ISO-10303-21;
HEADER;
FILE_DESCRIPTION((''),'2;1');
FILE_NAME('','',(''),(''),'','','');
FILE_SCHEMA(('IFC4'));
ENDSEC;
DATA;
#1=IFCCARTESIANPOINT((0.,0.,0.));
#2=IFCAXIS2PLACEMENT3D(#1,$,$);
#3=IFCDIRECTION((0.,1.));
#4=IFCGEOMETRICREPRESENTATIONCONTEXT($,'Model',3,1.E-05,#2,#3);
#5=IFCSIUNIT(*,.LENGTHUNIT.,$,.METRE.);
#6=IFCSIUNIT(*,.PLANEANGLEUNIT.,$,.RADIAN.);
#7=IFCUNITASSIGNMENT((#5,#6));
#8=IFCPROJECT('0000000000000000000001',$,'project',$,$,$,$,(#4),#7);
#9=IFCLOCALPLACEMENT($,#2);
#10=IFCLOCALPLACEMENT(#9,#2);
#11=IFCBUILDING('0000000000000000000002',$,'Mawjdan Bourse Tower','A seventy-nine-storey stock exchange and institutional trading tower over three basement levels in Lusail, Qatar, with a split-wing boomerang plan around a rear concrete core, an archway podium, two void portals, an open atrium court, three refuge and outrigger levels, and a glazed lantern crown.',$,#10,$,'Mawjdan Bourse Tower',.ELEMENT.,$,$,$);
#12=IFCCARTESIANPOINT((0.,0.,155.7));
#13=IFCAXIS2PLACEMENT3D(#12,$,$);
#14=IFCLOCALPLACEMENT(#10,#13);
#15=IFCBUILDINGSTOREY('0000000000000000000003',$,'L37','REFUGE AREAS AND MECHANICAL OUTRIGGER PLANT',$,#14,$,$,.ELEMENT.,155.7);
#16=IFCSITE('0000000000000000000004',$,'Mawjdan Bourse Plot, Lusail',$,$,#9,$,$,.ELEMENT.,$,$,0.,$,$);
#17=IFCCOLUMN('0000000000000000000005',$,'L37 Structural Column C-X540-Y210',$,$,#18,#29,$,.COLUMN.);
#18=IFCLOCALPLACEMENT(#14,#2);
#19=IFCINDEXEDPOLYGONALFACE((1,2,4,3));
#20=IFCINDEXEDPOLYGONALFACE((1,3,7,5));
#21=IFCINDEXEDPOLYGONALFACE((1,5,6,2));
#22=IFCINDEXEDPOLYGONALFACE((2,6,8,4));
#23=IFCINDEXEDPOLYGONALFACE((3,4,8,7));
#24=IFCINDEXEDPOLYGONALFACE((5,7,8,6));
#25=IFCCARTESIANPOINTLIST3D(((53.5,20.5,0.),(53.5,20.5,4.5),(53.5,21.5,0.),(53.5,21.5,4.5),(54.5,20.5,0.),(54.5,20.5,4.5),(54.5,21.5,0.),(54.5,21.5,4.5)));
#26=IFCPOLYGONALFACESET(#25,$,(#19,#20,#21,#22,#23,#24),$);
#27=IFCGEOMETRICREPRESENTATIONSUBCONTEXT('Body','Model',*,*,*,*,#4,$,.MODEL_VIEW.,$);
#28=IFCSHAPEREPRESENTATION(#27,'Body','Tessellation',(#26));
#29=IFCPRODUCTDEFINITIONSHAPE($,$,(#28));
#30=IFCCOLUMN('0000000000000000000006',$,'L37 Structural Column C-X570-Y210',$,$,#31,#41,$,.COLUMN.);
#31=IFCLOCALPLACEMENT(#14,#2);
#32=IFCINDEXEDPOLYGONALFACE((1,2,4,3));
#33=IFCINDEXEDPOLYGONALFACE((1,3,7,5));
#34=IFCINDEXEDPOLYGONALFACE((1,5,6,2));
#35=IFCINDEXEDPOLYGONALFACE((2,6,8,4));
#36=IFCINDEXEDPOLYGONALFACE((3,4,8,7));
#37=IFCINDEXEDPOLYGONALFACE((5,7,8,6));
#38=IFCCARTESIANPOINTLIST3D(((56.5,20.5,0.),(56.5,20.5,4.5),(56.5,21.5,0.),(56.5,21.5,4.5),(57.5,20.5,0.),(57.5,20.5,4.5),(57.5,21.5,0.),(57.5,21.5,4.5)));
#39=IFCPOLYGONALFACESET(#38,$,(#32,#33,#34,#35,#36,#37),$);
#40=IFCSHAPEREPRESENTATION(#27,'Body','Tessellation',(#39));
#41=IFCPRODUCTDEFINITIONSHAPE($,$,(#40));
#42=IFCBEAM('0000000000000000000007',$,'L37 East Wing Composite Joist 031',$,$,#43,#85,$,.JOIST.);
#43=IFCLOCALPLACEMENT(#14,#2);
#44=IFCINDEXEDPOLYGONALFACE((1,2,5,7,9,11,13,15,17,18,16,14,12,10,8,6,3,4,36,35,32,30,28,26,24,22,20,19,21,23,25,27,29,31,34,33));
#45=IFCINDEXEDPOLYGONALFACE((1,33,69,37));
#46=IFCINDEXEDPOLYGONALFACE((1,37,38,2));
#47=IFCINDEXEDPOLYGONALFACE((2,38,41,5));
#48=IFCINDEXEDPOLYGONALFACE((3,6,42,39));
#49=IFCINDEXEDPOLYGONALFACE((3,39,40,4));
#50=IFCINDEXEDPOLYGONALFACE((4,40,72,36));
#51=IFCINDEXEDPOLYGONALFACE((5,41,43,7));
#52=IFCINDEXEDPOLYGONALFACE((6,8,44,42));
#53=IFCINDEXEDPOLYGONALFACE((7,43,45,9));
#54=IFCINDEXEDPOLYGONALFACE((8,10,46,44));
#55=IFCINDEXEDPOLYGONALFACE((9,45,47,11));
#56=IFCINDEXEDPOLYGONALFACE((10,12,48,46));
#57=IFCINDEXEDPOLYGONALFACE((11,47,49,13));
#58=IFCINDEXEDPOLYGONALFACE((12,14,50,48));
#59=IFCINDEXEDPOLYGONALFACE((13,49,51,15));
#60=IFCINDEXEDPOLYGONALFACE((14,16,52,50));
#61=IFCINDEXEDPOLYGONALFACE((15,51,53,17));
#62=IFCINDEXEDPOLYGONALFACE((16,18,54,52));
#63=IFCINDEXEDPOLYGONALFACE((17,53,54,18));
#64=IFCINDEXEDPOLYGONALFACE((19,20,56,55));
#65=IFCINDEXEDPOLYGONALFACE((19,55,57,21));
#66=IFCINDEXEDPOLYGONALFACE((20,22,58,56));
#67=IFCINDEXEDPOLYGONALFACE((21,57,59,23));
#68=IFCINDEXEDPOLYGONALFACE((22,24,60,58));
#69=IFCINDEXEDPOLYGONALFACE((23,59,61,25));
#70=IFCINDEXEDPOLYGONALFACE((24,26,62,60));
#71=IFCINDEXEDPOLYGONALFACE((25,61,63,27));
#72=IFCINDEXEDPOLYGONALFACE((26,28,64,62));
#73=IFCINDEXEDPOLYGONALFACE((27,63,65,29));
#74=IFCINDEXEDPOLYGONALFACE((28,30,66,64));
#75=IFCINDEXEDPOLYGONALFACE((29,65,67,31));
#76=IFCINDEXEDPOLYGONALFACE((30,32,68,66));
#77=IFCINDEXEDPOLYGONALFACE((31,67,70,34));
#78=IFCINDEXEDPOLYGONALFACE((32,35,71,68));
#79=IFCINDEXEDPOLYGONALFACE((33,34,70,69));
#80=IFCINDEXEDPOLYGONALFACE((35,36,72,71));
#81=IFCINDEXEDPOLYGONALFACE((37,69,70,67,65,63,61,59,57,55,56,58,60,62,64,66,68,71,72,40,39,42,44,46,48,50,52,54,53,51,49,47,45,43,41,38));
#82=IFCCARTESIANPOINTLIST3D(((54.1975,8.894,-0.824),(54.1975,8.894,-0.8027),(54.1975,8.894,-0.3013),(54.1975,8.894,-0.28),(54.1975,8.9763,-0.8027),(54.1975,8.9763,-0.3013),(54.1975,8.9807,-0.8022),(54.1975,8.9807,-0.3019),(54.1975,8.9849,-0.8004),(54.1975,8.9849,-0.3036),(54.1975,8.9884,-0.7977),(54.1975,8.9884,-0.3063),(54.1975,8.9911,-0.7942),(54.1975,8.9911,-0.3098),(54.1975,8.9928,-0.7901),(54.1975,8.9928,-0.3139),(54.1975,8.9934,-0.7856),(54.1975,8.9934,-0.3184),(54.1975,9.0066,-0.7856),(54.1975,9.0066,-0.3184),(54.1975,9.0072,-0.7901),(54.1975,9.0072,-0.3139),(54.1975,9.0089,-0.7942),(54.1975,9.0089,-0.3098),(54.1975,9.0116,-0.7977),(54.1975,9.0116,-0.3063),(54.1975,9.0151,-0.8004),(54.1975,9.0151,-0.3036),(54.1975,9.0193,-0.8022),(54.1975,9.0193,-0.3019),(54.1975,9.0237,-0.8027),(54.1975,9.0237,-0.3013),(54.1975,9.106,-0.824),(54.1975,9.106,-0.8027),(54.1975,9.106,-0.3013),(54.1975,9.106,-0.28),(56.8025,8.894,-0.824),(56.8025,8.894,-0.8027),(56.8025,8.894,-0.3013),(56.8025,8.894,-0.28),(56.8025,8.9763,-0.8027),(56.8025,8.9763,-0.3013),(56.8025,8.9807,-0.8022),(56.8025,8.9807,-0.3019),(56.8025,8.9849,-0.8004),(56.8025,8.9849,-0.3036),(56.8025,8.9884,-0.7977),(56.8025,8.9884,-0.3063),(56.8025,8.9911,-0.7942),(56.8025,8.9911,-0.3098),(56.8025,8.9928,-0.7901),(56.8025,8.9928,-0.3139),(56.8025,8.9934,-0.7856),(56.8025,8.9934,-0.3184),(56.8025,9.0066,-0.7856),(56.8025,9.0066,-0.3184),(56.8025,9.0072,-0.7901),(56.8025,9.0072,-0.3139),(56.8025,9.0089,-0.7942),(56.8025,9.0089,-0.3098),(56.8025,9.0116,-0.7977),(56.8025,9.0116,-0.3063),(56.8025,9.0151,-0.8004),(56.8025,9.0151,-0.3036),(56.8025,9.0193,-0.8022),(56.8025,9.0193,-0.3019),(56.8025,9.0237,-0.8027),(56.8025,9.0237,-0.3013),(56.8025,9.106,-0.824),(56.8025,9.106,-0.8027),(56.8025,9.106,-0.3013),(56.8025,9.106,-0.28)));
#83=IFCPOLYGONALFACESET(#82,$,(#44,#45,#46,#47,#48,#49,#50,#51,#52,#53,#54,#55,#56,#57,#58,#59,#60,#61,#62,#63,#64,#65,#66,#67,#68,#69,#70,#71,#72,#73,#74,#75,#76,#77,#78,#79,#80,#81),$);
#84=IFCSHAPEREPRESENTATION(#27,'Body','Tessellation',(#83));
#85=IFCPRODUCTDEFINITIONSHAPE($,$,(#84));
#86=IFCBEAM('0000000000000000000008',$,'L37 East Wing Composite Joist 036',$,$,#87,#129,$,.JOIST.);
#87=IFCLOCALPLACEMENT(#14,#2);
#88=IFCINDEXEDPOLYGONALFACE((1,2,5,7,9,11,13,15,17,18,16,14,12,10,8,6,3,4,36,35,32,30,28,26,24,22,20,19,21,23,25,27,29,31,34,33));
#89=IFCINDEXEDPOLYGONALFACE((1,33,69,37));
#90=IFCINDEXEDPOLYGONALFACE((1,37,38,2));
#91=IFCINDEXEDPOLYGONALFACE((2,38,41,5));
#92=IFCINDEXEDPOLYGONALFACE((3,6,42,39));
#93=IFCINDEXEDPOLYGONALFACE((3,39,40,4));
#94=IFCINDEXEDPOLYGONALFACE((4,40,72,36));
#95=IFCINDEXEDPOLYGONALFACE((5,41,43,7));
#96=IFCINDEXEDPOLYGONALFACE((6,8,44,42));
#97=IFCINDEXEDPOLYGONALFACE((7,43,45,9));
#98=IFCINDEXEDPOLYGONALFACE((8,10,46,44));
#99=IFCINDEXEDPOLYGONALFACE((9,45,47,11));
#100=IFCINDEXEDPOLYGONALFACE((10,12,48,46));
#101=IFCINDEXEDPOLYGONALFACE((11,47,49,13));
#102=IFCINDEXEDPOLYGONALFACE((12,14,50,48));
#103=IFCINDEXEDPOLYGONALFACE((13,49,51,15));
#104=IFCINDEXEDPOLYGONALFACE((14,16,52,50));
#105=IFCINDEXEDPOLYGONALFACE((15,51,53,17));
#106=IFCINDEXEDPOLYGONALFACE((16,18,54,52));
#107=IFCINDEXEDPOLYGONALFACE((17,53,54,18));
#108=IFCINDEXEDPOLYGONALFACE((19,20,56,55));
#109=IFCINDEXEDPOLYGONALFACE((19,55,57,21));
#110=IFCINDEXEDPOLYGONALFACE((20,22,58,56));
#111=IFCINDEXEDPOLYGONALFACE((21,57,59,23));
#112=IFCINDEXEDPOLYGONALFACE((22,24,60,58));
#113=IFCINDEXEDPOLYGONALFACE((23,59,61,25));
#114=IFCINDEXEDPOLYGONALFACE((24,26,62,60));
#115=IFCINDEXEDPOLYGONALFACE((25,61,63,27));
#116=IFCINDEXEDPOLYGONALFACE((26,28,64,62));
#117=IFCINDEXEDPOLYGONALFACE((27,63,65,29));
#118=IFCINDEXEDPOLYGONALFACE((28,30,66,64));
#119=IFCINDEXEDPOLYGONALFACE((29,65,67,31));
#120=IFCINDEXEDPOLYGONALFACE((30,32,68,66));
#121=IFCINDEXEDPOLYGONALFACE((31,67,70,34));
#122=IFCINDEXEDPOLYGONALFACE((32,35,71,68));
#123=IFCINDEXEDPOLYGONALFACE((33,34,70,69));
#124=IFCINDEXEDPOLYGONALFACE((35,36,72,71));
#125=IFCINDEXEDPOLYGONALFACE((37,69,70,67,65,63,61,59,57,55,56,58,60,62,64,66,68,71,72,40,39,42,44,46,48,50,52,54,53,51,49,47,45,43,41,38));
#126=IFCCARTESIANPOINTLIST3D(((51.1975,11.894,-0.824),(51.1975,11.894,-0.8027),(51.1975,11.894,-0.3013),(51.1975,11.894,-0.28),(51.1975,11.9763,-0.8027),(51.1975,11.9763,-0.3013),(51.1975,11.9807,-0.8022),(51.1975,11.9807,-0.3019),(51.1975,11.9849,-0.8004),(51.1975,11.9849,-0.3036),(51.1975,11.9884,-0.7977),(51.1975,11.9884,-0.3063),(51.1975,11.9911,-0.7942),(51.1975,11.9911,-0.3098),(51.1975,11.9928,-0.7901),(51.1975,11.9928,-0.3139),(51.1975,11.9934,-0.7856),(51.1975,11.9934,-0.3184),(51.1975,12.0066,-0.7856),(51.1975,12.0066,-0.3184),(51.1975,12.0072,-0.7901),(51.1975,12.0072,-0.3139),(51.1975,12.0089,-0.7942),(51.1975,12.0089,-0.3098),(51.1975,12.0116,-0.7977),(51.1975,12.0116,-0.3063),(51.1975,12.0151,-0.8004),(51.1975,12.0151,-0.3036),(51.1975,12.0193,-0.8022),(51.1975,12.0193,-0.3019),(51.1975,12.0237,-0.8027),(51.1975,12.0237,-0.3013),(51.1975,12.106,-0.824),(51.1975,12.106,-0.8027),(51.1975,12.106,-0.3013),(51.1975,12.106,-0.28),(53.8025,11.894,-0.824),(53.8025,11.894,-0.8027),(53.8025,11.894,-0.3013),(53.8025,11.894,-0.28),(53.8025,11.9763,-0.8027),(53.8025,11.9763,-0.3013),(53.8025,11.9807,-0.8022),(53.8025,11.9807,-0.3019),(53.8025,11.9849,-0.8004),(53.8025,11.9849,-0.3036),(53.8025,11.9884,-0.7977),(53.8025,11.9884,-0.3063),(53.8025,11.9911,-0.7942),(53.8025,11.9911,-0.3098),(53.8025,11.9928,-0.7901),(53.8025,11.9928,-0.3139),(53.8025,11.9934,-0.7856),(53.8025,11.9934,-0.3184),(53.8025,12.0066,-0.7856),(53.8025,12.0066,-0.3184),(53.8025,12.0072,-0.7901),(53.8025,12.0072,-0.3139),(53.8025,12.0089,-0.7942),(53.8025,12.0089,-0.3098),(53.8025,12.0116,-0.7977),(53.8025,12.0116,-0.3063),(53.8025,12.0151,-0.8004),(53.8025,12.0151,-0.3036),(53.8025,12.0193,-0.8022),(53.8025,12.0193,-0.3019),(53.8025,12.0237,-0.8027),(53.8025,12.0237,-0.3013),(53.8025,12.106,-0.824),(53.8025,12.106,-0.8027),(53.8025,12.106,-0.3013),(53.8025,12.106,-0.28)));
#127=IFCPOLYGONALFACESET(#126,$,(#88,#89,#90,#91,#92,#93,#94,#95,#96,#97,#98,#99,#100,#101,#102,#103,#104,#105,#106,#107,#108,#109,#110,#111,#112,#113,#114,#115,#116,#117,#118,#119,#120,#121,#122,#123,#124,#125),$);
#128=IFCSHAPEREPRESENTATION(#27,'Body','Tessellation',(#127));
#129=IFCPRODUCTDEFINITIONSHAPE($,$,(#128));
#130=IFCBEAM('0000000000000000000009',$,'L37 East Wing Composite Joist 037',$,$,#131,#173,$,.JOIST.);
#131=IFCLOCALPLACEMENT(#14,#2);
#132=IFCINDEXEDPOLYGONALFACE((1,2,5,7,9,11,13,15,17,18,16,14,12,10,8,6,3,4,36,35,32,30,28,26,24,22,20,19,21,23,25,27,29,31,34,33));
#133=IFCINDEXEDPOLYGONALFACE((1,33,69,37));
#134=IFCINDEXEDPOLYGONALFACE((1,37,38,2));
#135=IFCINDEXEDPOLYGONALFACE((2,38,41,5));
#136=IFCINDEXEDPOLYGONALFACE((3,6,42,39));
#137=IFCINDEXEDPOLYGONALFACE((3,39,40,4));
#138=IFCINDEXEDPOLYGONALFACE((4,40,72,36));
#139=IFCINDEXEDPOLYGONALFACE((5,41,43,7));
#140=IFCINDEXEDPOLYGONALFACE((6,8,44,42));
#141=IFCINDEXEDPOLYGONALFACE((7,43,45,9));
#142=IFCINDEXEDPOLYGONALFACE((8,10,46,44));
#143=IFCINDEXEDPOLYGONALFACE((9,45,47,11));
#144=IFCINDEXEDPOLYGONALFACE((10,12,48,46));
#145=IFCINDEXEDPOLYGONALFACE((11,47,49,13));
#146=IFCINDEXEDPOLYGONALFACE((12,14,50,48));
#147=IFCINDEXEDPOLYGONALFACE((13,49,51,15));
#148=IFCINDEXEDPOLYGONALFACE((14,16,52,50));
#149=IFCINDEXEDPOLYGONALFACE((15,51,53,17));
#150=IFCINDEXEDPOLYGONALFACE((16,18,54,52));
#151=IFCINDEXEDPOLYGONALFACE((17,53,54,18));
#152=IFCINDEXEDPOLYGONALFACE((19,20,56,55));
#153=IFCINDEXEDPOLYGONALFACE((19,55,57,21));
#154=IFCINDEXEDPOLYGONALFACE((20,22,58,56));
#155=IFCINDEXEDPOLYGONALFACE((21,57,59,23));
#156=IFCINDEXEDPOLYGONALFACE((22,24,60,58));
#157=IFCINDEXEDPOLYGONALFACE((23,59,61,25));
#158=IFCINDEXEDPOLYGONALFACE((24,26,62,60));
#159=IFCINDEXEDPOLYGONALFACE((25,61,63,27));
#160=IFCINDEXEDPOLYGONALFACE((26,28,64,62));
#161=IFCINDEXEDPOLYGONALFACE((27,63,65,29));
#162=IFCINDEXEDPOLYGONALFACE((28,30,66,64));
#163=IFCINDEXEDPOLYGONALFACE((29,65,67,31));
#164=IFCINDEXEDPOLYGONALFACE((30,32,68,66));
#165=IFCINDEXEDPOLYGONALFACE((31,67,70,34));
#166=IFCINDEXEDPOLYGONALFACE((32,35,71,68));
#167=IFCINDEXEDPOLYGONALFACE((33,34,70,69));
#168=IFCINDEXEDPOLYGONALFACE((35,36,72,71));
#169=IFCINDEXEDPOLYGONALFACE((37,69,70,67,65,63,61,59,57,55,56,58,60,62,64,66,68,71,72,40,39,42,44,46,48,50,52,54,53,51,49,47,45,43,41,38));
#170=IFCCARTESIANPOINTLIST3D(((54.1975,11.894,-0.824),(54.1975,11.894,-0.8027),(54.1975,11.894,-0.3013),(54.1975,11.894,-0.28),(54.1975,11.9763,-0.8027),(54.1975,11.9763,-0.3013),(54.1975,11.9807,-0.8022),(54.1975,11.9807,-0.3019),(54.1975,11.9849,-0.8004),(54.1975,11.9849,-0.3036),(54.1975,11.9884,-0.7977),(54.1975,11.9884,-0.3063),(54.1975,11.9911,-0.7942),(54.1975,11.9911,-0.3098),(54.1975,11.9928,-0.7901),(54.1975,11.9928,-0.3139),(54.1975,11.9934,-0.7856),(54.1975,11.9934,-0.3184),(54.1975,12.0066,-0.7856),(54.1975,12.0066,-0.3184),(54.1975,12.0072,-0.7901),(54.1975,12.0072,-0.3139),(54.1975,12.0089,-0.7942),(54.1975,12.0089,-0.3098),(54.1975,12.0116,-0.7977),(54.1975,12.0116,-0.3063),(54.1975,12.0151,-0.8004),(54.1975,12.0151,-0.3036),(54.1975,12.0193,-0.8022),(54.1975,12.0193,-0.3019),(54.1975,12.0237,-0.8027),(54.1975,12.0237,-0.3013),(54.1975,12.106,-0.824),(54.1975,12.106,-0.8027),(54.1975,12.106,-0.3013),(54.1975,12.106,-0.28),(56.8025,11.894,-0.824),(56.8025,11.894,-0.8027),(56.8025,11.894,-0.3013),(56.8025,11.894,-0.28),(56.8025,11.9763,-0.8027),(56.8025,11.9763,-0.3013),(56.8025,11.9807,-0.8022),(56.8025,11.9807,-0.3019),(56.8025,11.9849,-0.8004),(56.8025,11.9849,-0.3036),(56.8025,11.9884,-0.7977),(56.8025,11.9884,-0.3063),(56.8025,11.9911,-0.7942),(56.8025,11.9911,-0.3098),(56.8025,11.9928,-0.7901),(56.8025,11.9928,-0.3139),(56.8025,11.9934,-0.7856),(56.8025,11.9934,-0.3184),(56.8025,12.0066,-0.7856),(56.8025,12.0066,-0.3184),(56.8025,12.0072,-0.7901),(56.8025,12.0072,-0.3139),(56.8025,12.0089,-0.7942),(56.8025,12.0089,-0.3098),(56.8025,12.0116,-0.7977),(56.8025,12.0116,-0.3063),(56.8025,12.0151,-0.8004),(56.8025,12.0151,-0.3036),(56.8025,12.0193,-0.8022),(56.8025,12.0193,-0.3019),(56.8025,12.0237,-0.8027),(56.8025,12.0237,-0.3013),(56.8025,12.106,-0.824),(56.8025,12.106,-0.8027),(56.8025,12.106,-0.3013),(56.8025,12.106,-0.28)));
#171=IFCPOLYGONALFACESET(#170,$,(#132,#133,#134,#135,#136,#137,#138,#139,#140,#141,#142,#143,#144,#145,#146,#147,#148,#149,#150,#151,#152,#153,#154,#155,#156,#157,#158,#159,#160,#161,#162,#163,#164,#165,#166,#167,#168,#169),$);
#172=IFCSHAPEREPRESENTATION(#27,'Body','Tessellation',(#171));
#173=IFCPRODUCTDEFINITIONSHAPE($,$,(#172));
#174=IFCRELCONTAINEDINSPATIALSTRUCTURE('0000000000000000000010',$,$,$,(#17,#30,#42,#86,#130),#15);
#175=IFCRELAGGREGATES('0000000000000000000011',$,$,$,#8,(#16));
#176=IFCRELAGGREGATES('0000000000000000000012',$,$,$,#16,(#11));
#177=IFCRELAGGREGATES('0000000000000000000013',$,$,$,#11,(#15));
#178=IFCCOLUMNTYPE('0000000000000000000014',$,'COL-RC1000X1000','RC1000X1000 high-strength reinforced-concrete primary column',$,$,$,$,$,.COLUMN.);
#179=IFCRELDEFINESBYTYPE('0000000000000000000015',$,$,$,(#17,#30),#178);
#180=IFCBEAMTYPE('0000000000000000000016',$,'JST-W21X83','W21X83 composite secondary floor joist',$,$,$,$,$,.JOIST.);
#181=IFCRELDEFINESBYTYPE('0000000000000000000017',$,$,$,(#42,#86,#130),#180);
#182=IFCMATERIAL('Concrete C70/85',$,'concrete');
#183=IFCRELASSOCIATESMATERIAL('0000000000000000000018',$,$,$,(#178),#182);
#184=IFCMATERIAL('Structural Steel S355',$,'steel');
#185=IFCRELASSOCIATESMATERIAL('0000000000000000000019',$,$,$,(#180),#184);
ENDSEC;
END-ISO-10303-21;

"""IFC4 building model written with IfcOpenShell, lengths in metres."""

from ifc_helpers import new_model, si_unit, direction, frame, origin, origin_2d, place, context, subcontext, project, spatial, rectangle, i_section, extrude, material, material_profile, profile_set, type_object, element, save


model = new_model("IFC4")

# Units and contexts
model_context = context("Model", 3, precision=1e-05, world=origin(), true_north=direction((0.0, 1.0)))
body_context = subcontext(model_context, "Body", "Model", "MODEL_VIEW")
ifc_project = project(units=[si_unit("LENGTHUNIT", "METRE"), si_unit("PLANEANGLEUNIT", "RADIAN")], contexts=[model_context])

# Site, building, storey
site_placement = place(None, origin())
site = spatial("IfcSite", under=ifc_project, at=site_placement, Name="Mawjdan Bourse Plot, Lusail", CompositionType="ELEMENT", RefElevation=0.0)
building_placement = place(site_placement, origin())
building = spatial("IfcBuilding", under=site, at=building_placement, Name="Mawjdan Bourse Tower", Description="A seventy-nine-storey stock exchange and institutional trading tower over three basement levels in Lusail, Qatar, with a split-wing boomerang plan around a rear concrete core, an archway podium, two void portals, an open atrium court, three refuge and outrigger levels, and a glazed lantern crown.", LongName="Mawjdan Bourse Tower", CompositionType="ELEMENT")
storey_placement = place(building_placement, frame((0.0, 0.0, 155.7)))
storey = spatial("IfcBuildingStorey", under=building, at=storey_placement, Name="L37", Description="REFUGE AREAS AND MECHANICAL OUTRIGGER PLANT", CompositionType="ELEMENT", Elevation=155.7)

# Columns
ifc_material_1 = material(Name="Concrete C70/85", Category="concrete")
ifc_material_profile_1 = material_profile(ifc_material_1, rectangle(XDim=1.0, YDim=1.0, at=origin_2d()), Name="RC1000X1000")
ifc_profile_set_1 = profile_set([ifc_material_profile_1], Name="Concrete C70/85")
column_type = type_object("IfcColumnType", Name="COL-RC1000X1000", Description="RC1000X1000 high-strength reinforced-concrete primary column", PredefinedType="COLUMN", material=ifc_profile_set_1)
for number, where, z_axis, x_axis, name in (
    (1, (54.0, 21.0, 0.0), (0.0, 0.0, 1.0), (1.0, 0.0, 0.0), "L37 Structural Column C-X540-Y210"),
    (2, (57.0, 21.0, 0.0), (0.0, 0.0, 1.0), (1.0, 0.0, 0.0), "L37 Structural Column C-X570-Y210"),
):
    element("IfcColumn", number, at=place(storey_placement, frame(where, z_axis=z_axis, x_axis=x_axis)), inside=storey, type_object=column_type, Name=name, PredefinedType="COLUMN", context=body_context, shape_type="SweptSolid", body=[
        extrude(rectangle(XDim=1.0, YDim=1.0, at=origin_2d()), origin(), (0.0, 0.0, 1.0), 4.5),
    ])

# Beams
ifc_material_2 = material(Name="Structural Steel S355", Category="steel")
ifc_material_profile_2 = material_profile(ifc_material_2, i_section(OverallWidth=0.2119, OverallDepth=0.5439, WebThickness=0.0132, FlangeThickness=0.0212, FilletRadius=0.0171, at=origin_2d()), Name="W21X83")
ifc_profile_set_2 = profile_set([ifc_material_profile_2], Name="Structural Steel S355")
beam_type_1 = type_object("IfcBeamType", Name="JST-W21X83", Description="W21X83 composite secondary floor joist", PredefinedType="JOIST", material=ifc_profile_set_2)
for number, where, z_axis, x_axis, name in (
    (3, (54.1975, 9.0, -0.552), (1.0, 0.0, 0.0), (0.0, 1.0, 0.0), "L37 East Wing Composite Joist 031"),
    (4, (51.1975, 12.0, -0.552), (1.0, 0.0, 0.0), (0.0, 1.0, 0.0), "L37 East Wing Composite Joist 036"),
    (5, (54.1975, 12.0, -0.552), (1.0, 0.0, 0.0), (0.0, 1.0, 0.0), "L37 East Wing Composite Joist 037"),
):
    element("IfcBeam", number, at=place(storey_placement, frame(where, z_axis=z_axis, x_axis=x_axis)), inside=storey, type_object=beam_type_1, Name=name, PredefinedType="JOIST", context=body_context, shape_type="SweptSolid", body=[
        extrude(i_section(OverallWidth=0.2119, OverallDepth=0.5439, WebThickness=0.0132, FlangeThickness=0.0212, FilletRadius=0.0171, at=origin_2d()), origin(), (0.0, 0.0, 1.0), 2.605),
    ])

save(model, "model.ifc")
